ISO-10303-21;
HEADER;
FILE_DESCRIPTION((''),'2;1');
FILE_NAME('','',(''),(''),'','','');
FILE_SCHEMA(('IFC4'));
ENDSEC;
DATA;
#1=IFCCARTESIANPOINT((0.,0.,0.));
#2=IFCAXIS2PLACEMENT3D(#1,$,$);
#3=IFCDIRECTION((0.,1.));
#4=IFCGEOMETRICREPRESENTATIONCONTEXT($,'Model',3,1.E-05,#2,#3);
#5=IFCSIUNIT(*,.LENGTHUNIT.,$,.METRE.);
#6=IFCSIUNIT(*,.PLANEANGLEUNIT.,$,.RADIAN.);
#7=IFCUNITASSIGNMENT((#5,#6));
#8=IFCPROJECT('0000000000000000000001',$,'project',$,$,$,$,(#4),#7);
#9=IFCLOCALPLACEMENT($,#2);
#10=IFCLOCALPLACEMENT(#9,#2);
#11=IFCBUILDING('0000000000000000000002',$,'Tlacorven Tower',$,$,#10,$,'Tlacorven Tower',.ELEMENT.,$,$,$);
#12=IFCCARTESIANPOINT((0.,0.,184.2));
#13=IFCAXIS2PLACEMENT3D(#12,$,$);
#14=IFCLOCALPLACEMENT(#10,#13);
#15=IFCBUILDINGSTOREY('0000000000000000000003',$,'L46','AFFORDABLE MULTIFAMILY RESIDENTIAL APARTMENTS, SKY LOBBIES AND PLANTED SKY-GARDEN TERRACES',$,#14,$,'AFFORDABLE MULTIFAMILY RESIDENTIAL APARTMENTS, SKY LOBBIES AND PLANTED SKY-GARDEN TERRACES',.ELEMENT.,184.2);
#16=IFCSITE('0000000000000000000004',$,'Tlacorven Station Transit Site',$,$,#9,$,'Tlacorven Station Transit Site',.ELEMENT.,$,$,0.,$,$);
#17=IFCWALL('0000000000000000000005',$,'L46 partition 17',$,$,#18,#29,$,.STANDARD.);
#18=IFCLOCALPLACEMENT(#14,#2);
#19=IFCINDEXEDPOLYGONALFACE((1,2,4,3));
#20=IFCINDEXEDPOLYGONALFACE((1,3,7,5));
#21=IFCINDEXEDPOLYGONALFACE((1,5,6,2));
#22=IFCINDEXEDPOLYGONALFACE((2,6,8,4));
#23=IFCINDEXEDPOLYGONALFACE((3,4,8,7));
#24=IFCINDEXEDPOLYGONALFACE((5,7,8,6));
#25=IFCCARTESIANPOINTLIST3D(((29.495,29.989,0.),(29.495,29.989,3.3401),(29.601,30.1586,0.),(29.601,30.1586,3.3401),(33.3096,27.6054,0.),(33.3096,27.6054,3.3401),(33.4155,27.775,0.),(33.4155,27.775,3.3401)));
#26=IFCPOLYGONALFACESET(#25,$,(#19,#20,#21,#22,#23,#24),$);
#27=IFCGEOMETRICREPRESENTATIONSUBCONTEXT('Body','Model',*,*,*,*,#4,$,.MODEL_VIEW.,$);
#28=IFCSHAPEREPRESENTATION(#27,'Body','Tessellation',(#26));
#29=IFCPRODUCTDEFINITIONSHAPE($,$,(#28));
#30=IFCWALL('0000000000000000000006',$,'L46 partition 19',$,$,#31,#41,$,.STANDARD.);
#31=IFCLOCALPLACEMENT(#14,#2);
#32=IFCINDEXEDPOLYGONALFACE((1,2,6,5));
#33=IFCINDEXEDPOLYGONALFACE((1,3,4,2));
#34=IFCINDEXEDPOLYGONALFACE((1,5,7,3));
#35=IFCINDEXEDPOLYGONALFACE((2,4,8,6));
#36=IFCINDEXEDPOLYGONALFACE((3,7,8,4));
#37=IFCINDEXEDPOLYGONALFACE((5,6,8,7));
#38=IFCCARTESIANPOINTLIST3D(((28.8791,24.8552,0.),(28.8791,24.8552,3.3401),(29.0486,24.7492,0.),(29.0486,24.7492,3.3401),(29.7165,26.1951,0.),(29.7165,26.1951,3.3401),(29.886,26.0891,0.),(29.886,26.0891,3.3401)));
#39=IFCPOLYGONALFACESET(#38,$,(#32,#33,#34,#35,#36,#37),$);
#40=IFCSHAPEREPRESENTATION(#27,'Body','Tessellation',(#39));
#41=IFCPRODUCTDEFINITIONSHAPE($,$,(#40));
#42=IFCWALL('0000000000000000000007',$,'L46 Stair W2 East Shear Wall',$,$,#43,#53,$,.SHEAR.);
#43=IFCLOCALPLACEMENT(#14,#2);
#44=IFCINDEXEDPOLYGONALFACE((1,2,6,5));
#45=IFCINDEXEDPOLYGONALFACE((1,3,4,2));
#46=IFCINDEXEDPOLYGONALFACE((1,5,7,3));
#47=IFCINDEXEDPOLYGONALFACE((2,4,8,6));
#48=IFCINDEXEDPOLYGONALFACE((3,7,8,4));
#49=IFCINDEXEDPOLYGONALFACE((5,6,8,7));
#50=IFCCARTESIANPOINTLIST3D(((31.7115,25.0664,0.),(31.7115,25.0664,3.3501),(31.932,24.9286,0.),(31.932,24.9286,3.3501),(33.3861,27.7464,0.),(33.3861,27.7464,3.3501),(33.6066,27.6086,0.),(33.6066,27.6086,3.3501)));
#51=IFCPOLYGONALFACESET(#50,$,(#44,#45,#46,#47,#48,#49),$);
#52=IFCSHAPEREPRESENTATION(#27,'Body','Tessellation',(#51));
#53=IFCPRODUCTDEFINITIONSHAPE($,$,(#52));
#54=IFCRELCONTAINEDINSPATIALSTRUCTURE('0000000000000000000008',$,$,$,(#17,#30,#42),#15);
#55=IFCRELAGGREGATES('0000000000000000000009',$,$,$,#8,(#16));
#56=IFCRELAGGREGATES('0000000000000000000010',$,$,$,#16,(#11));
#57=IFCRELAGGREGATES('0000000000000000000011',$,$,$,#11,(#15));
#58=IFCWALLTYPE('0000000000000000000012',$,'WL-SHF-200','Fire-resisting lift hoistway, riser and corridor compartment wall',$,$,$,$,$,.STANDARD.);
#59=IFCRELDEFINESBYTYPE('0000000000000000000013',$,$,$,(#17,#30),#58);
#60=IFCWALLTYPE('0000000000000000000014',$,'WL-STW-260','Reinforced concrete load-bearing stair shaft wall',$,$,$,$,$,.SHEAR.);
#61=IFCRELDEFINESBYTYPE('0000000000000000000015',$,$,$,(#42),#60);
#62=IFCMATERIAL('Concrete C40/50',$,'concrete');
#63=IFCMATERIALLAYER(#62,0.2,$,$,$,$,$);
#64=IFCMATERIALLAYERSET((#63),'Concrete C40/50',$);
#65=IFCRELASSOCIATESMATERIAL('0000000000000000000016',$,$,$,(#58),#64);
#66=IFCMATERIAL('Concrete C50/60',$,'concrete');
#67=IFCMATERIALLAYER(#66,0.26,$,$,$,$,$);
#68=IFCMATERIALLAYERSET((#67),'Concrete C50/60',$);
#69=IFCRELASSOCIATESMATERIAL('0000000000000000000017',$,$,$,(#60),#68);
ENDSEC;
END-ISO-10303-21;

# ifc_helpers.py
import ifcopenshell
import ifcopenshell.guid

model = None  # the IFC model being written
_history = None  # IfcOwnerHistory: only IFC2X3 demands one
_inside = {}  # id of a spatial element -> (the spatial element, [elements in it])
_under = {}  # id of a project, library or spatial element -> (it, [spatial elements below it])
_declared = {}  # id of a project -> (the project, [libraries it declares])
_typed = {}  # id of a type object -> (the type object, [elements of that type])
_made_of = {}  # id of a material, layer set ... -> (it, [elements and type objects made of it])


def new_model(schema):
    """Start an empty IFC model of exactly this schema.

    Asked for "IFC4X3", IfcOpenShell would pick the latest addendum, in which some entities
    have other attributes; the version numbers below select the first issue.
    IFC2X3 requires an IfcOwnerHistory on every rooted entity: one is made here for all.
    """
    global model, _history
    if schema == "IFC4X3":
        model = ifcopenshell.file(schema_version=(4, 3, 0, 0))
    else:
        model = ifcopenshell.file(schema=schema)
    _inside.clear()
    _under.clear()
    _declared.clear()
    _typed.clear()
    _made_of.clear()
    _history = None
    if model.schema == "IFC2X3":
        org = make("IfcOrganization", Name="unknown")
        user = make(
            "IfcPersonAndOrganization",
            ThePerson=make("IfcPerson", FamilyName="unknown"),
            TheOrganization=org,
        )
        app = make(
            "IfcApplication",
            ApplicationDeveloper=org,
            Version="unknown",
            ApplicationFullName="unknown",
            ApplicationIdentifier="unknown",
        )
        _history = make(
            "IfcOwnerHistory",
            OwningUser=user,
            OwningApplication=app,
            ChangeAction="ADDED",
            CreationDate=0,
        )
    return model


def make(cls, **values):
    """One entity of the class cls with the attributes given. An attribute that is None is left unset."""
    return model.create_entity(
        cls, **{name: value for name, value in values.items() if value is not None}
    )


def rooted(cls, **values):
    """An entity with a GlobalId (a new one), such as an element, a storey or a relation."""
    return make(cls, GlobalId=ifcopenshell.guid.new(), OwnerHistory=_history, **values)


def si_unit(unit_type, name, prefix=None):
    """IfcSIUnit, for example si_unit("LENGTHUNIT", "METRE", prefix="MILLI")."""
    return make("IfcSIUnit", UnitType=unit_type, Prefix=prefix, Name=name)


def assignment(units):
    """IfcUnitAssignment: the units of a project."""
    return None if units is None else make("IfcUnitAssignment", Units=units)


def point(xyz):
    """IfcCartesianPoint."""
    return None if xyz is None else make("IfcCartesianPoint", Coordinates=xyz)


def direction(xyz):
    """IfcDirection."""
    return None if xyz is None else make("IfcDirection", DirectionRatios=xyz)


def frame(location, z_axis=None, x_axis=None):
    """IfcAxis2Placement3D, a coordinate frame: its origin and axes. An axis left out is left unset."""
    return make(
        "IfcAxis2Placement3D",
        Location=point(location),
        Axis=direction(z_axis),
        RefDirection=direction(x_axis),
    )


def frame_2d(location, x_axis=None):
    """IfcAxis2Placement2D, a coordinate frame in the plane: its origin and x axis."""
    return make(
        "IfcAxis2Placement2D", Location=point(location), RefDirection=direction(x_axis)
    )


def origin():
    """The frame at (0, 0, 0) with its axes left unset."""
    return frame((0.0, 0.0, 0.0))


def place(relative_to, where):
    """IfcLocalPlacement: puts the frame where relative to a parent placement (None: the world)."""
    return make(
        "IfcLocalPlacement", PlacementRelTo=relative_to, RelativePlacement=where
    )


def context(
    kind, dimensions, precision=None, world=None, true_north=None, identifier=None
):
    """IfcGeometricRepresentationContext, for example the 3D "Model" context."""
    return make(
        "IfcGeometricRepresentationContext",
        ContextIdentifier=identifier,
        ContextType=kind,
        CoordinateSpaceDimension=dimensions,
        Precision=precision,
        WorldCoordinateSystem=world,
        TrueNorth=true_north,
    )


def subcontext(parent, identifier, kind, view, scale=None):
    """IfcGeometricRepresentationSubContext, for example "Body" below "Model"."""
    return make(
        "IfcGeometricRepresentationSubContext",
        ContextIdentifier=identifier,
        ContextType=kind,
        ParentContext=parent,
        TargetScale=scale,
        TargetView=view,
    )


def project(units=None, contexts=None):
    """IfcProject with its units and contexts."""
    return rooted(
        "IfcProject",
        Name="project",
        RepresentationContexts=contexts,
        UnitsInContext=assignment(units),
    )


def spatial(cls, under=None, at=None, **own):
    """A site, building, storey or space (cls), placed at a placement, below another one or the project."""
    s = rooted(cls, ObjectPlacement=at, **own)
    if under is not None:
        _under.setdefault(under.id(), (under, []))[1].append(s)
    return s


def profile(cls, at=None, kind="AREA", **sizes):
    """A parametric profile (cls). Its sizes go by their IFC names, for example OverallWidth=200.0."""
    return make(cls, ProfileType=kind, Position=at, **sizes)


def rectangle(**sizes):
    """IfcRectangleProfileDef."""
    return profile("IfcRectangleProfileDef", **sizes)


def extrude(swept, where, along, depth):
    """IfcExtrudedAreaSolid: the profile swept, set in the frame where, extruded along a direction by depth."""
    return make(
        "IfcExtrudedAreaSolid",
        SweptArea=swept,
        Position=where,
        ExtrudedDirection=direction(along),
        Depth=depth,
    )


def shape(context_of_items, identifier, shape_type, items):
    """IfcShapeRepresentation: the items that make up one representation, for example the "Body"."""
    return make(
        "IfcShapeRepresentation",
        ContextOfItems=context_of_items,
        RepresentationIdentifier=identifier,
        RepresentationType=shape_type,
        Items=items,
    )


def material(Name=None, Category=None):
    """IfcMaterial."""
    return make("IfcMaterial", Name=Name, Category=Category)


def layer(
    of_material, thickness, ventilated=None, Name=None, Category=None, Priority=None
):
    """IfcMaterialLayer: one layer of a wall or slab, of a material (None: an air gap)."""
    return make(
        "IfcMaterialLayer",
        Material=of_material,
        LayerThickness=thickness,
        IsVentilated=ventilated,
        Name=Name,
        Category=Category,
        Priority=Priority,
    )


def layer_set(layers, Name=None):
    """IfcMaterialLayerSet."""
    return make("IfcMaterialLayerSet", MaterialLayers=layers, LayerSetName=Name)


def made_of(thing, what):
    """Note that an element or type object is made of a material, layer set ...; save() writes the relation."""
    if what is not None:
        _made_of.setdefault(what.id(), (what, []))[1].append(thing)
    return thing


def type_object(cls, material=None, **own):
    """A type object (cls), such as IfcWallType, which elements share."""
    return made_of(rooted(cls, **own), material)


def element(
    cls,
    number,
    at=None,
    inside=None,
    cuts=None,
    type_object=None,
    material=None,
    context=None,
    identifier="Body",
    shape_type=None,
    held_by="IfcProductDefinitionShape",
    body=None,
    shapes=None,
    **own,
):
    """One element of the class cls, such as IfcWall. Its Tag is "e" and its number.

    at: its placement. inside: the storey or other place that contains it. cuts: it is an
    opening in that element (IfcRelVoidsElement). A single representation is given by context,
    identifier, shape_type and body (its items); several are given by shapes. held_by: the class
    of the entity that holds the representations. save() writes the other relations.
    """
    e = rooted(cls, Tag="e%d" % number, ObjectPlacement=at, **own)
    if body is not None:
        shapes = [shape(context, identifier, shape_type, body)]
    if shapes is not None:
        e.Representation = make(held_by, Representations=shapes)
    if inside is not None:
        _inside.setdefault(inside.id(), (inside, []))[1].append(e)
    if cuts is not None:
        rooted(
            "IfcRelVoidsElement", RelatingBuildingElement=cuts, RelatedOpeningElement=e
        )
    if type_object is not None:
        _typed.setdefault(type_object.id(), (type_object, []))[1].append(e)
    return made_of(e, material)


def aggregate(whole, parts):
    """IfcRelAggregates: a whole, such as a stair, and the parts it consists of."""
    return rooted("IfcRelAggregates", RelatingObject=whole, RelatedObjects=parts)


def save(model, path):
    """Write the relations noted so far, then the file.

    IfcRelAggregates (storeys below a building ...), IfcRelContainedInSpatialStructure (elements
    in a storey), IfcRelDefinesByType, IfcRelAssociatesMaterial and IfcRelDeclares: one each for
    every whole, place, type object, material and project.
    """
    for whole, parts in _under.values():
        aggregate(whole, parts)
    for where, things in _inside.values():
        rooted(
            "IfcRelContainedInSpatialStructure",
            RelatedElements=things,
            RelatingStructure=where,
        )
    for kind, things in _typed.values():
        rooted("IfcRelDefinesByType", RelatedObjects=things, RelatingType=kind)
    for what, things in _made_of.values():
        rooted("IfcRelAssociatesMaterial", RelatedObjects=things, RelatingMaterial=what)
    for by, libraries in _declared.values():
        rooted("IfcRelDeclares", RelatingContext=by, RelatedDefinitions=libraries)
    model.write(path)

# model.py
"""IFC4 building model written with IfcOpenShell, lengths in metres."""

from ifc_helpers import new_model, si_unit, direction, frame, frame_2d, origin, place, context, subcontext, project, spatial, rectangle, extrude, material, layer, layer_set, type_object, element, save


model = new_model("IFC4")

# Units and contexts
model_context = context("Model", 3, precision=1e-05, world=origin(), true_north=direction((0.0, 1.0)))
body_context = subcontext(model_context, "Body", "Model", "MODEL_VIEW")
ifc_project = project(units=[si_unit("LENGTHUNIT", "METRE"), si_unit("PLANEANGLEUNIT", "RADIAN")], contexts=[model_context])

# Site, building, storey
site_placement = place(None, origin())
site = spatial("IfcSite", under=ifc_project, at=site_placement, Name="Tlacorven Station Transit Site", LongName="Tlacorven Station Transit Site", CompositionType="ELEMENT", RefElevation=0.0)
building_placement = place(site_placement, origin())
building = spatial("IfcBuilding", under=site, at=building_placement, Name="Tlacorven Tower", LongName="Tlacorven Tower", CompositionType="ELEMENT")
storey_placement = place(building_placement, frame((0.0, 0.0, 184.2)))
storey = spatial("IfcBuildingStorey", under=building, at=storey_placement, Name="L46", Description="AFFORDABLE MULTIFAMILY RESIDENTIAL APARTMENTS, SKY LOBBIES AND PLANTED SKY-GARDEN TERRACES", LongName="AFFORDABLE MULTIFAMILY RESIDENTIAL APARTMENTS, SKY LOBBIES AND PLANTED SKY-GARDEN TERRACES", CompositionType="ELEMENT", Elevation=184.2)

# Walls
ifc_material_1 = material(Name="Concrete C40/50", Category="concrete")
ifc_layer_1 = layer(ifc_material_1, 0.2)
ifc_layer_set_1 = layer_set([ifc_layer_1], Name="Concrete C40/50")
wall_type_1 = type_object("IfcWallType", Name="WL-SHF-200", Description="Fire-resisting lift hoistway, riser and corridor compartment wall", PredefinedType="STANDARD", material=ifc_layer_set_1)
wall_1_placement = place(storey_placement, frame((33.3625, 27.6902, 0.0), z_axis=(0.0, 0.0, 1.0), x_axis=(-0.848047, 0.529921, 0.0)))
element("IfcWall", 1, at=wall_1_placement, inside=storey, type_object=wall_type_1, Name="L46 partition 17", PredefinedType="STANDARD", context=body_context, shape_type="SweptSolid", body=[
    extrude(rectangle(XDim=4.498, YDim=0.2, at=frame_2d((2.249, 0.0))), origin(), (0.0, 0.0, 1.0), 3.3401),
])
wall_2_placement = place(storey_placement, frame((29.8013, 26.1421, 0.0), z_axis=(0.0, 0.0, 1.0), x_axis=(-0.529999, -0.847998, 0.0)))
element("IfcWall", 2, at=wall_2_placement, inside=storey, type_object=wall_type_1, Name="L46 partition 19", PredefinedType="STANDARD", context=body_context, shape_type="SweptSolid", body=[
    extrude(rectangle(XDim=1.5801, YDim=0.2, at=frame_2d((0.79, 0.0))), origin(), (0.0, 0.0, 1.0), 3.3401),
])
ifc_material_2 = material(Name="Concrete C50/60", Category="concrete")
ifc_layer_2 = layer(ifc_material_2, 0.26)
ifc_layer_set_2 = layer_set([ifc_layer_2], Name="Concrete C50/60")
wall_type_2 = type_object("IfcWallType", Name="WL-STW-260", Description="Reinforced concrete load-bearing stair shaft wall", PredefinedType="SHEAR", material=ifc_layer_set_2)
wall_3_placement = place(storey_placement, frame((33.4963, 27.6775, 0.0), z_axis=(0.0, 0.0, 1.0), x_axis=(-0.529909, -0.848055, 0.0)))
element("IfcWall", 3, at=wall_3_placement, inside=storey, type_object=wall_type_2, Name="L46 Stair W2 East Shear Wall", PredefinedType="SHEAR", context=body_context, shape_type="SweptSolid", body=[
    extrude(rectangle(XDim=3.1602, YDim=0.26, at=frame_2d((1.5801, 0.0))), origin(), (0.0, 0.0, 1.0), 3.3501),
])

save(model, "model.ifc")
